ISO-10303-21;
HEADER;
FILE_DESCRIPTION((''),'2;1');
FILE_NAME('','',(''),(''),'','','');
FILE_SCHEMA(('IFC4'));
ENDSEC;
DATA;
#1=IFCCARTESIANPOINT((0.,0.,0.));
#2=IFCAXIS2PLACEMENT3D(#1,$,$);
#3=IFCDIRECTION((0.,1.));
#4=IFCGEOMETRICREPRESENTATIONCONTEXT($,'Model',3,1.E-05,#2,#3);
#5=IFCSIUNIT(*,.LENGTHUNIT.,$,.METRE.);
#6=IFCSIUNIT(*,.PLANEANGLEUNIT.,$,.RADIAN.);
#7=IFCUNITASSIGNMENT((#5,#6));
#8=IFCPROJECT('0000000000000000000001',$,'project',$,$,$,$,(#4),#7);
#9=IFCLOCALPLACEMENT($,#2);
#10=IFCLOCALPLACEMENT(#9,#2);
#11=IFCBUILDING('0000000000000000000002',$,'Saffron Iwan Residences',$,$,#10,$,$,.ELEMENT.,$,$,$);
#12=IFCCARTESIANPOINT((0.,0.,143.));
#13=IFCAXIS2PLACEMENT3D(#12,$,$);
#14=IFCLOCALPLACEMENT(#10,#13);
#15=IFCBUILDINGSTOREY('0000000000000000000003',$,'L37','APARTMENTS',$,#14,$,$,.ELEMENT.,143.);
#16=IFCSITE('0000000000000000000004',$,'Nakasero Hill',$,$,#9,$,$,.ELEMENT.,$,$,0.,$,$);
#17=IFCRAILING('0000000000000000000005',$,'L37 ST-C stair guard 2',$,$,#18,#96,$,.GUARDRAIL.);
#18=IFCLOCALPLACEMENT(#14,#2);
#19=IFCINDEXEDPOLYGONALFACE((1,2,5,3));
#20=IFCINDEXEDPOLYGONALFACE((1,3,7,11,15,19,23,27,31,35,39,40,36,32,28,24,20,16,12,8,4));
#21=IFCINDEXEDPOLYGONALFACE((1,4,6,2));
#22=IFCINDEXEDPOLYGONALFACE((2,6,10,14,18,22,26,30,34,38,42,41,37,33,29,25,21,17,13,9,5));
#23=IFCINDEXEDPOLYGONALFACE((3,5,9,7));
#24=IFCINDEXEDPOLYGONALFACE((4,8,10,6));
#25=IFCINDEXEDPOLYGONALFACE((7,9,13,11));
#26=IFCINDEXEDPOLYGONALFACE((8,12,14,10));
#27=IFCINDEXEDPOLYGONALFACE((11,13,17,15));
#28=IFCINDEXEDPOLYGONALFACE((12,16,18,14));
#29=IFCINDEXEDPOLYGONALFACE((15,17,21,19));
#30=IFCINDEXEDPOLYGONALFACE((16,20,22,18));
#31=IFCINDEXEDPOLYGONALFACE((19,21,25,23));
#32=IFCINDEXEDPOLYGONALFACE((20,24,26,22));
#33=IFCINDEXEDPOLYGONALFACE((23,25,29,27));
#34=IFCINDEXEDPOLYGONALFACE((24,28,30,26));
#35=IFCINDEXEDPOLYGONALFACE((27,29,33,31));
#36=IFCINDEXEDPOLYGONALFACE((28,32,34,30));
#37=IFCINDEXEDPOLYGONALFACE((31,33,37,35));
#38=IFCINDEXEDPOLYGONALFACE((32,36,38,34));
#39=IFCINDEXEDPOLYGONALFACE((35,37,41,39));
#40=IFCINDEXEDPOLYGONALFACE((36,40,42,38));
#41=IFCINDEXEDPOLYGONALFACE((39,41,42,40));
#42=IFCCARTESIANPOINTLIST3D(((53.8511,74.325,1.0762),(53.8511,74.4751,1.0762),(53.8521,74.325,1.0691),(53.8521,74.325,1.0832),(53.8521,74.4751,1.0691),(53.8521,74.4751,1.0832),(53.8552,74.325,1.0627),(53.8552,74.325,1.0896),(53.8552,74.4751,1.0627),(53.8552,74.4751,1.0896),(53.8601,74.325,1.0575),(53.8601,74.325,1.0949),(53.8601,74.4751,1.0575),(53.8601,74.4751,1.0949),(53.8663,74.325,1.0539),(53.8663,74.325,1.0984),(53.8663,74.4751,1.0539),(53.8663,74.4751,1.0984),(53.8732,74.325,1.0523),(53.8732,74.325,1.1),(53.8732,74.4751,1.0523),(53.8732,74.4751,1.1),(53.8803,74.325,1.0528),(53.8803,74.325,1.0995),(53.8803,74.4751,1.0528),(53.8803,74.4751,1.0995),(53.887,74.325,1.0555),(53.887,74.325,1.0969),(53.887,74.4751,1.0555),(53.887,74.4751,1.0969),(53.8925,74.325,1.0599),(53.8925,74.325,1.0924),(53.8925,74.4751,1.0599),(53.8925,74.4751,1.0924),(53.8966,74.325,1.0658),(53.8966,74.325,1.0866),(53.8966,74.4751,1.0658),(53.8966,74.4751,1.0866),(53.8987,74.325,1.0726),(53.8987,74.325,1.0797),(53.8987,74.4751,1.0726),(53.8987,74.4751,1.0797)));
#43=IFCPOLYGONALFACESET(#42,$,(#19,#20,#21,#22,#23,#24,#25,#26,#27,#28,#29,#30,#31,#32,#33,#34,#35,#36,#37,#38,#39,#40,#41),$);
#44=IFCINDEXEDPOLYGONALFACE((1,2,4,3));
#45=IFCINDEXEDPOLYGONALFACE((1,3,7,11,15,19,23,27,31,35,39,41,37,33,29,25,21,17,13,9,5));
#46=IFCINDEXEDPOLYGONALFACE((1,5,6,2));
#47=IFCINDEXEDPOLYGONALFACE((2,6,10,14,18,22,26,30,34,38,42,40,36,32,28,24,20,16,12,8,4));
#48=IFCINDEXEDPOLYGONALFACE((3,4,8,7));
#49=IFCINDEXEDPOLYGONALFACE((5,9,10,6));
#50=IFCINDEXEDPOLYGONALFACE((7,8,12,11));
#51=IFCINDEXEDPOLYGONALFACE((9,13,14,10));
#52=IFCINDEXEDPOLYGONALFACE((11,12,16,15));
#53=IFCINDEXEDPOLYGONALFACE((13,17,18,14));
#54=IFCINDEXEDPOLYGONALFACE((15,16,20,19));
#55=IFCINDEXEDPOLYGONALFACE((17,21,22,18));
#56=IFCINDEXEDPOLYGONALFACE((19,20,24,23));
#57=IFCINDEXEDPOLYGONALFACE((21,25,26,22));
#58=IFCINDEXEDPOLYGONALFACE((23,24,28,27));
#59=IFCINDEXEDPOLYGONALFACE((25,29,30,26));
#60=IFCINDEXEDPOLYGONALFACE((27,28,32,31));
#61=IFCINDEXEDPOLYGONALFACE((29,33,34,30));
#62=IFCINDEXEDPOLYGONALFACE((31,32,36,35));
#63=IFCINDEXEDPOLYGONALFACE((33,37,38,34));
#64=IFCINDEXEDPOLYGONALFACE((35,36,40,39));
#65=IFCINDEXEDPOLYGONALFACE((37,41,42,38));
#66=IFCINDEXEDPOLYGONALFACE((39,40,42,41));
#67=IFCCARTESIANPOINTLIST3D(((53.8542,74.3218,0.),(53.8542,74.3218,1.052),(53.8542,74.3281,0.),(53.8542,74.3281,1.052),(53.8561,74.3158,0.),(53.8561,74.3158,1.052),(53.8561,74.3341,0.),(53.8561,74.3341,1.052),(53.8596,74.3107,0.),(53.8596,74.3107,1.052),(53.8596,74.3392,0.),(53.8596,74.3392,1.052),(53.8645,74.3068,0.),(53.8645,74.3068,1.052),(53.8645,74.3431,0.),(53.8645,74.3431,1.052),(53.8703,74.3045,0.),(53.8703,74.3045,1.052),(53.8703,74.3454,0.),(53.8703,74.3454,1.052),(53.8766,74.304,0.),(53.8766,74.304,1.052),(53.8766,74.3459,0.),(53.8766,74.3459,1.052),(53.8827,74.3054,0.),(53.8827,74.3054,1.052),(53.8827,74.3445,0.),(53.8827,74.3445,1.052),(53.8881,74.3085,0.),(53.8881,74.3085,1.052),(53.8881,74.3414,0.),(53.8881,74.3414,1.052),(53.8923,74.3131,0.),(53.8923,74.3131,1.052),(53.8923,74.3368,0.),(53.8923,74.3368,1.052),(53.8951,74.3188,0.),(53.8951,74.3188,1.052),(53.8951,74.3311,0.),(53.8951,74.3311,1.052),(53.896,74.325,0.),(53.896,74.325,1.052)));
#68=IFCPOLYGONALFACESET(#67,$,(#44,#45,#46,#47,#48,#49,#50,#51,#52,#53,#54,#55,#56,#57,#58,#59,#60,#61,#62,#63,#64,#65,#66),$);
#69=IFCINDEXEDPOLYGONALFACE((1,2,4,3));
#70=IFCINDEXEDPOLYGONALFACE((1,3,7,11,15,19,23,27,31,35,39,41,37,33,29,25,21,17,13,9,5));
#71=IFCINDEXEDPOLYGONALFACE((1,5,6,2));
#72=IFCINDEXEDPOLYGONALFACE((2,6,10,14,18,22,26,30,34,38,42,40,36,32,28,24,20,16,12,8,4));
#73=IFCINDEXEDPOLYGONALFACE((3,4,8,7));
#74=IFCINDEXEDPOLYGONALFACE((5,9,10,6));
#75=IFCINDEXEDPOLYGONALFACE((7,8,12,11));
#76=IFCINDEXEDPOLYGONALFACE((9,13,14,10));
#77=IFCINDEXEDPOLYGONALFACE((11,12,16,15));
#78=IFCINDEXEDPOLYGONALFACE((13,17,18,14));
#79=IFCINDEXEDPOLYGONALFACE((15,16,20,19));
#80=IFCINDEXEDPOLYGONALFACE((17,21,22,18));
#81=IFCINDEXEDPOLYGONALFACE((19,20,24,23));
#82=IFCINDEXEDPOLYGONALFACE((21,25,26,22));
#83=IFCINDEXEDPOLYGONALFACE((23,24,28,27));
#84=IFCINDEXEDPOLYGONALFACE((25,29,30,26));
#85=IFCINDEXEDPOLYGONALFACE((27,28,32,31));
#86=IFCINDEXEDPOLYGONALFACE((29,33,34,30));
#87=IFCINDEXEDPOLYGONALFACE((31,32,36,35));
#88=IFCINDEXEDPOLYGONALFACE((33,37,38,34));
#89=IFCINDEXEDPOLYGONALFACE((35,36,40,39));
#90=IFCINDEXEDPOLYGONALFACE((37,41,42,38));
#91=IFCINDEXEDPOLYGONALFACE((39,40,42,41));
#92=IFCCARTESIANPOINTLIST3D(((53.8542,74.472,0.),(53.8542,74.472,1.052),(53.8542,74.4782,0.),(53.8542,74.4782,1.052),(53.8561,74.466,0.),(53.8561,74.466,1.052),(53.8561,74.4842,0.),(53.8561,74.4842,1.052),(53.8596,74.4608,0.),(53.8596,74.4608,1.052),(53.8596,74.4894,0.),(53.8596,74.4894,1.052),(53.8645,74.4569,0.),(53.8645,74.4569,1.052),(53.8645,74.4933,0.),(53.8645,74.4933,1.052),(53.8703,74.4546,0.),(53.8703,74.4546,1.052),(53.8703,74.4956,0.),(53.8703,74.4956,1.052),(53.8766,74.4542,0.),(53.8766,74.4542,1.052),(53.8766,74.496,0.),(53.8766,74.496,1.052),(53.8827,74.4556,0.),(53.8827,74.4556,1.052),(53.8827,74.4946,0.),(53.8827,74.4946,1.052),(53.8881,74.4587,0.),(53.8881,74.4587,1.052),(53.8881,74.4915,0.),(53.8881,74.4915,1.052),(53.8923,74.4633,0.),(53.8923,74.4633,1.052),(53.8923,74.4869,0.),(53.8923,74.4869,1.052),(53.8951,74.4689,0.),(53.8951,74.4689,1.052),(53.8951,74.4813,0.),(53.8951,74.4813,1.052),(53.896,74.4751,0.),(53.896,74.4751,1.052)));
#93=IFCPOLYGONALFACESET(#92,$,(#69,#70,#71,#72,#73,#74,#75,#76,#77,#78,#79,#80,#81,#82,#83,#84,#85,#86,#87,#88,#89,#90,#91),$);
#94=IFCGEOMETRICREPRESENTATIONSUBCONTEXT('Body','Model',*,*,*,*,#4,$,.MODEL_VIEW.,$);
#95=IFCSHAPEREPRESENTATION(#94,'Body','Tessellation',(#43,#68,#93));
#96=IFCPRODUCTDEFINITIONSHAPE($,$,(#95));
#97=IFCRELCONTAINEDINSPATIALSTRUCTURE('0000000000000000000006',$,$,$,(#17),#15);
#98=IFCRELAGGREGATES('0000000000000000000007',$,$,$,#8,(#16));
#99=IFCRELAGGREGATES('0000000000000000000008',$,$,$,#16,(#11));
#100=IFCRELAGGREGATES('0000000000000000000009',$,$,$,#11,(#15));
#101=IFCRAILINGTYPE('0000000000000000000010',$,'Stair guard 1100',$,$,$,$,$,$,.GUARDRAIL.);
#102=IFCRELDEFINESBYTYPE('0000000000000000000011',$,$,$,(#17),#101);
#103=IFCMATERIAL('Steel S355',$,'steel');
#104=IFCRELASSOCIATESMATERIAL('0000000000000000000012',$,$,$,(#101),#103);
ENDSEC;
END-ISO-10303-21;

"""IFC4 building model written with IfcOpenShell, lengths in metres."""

from ifc_helpers import new_model, si_unit, direction, frame, origin, origin_2d, place, context, subcontext, project, spatial, circle, extrude, material, type_object, element, save


model = new_model("IFC4")

# Units and contexts
model_context = context("Model", 3, precision=1e-05, world=origin(), true_north=direction((0.0, 1.0)))
body_context = subcontext(model_context, "Body", "Model", "MODEL_VIEW")
ifc_project = project(units=[si_unit("LENGTHUNIT", "METRE"), si_unit("PLANEANGLEUNIT", "RADIAN")], contexts=[model_context])

# Site, building, storey
site_placement = place(None, origin())
site = spatial("IfcSite", under=ifc_project, at=site_placement, Name="Nakasero Hill", CompositionType="ELEMENT", RefElevation=0.0)
building_placement = place(site_placement, origin())
building = spatial("IfcBuilding", under=site, at=building_placement, Name="Saffron Iwan Residences", CompositionType="ELEMENT")
storey_placement = place(building_placement, frame((0.0, 0.0, 143.0)))
storey = spatial("IfcBuildingStorey", under=building, at=storey_placement, Name="L37", Description="APARTMENTS", CompositionType="ELEMENT", Elevation=143.0)

# Railing
ifc_material_1 = material(Name="Steel S355", Category="steel")
railing_type_1 = type_object("IfcRailingType", Name="Stair guard 1100", PredefinedType="GUARDRAIL", material=ifc_material_1)
railing_1_placement = place(storey_placement, frame((53.875, 74.325, 0.0)))
element("IfcRailing", 1, at=railing_1_placement, inside=storey, type_object=railing_type_1, Name="L37 ST-C stair guard 2", PredefinedType="GUARDRAIL", context=body_context, shape_type="SweptSolid", body=[
    extrude(circle(Radius=0.0239, at=origin_2d()), frame((0.0, 0.0, 1.0762), z_axis=(0.0, 1.0, 0.0), x_axis=(-1.0, 0.0, 0.0)), (0.0, 0.0, 1.0), 0.1501),
    extrude(circle(Radius=0.021, at=origin_2d()), origin(), (0.0, 0.0, 1.0), 1.052),
    extrude(circle(Radius=0.021, at=origin_2d()), frame((0.0, 0.1501, 0.0)), (0.0, 0.0, 1.0), 1.052),
])

save(model, "model.ifc")
